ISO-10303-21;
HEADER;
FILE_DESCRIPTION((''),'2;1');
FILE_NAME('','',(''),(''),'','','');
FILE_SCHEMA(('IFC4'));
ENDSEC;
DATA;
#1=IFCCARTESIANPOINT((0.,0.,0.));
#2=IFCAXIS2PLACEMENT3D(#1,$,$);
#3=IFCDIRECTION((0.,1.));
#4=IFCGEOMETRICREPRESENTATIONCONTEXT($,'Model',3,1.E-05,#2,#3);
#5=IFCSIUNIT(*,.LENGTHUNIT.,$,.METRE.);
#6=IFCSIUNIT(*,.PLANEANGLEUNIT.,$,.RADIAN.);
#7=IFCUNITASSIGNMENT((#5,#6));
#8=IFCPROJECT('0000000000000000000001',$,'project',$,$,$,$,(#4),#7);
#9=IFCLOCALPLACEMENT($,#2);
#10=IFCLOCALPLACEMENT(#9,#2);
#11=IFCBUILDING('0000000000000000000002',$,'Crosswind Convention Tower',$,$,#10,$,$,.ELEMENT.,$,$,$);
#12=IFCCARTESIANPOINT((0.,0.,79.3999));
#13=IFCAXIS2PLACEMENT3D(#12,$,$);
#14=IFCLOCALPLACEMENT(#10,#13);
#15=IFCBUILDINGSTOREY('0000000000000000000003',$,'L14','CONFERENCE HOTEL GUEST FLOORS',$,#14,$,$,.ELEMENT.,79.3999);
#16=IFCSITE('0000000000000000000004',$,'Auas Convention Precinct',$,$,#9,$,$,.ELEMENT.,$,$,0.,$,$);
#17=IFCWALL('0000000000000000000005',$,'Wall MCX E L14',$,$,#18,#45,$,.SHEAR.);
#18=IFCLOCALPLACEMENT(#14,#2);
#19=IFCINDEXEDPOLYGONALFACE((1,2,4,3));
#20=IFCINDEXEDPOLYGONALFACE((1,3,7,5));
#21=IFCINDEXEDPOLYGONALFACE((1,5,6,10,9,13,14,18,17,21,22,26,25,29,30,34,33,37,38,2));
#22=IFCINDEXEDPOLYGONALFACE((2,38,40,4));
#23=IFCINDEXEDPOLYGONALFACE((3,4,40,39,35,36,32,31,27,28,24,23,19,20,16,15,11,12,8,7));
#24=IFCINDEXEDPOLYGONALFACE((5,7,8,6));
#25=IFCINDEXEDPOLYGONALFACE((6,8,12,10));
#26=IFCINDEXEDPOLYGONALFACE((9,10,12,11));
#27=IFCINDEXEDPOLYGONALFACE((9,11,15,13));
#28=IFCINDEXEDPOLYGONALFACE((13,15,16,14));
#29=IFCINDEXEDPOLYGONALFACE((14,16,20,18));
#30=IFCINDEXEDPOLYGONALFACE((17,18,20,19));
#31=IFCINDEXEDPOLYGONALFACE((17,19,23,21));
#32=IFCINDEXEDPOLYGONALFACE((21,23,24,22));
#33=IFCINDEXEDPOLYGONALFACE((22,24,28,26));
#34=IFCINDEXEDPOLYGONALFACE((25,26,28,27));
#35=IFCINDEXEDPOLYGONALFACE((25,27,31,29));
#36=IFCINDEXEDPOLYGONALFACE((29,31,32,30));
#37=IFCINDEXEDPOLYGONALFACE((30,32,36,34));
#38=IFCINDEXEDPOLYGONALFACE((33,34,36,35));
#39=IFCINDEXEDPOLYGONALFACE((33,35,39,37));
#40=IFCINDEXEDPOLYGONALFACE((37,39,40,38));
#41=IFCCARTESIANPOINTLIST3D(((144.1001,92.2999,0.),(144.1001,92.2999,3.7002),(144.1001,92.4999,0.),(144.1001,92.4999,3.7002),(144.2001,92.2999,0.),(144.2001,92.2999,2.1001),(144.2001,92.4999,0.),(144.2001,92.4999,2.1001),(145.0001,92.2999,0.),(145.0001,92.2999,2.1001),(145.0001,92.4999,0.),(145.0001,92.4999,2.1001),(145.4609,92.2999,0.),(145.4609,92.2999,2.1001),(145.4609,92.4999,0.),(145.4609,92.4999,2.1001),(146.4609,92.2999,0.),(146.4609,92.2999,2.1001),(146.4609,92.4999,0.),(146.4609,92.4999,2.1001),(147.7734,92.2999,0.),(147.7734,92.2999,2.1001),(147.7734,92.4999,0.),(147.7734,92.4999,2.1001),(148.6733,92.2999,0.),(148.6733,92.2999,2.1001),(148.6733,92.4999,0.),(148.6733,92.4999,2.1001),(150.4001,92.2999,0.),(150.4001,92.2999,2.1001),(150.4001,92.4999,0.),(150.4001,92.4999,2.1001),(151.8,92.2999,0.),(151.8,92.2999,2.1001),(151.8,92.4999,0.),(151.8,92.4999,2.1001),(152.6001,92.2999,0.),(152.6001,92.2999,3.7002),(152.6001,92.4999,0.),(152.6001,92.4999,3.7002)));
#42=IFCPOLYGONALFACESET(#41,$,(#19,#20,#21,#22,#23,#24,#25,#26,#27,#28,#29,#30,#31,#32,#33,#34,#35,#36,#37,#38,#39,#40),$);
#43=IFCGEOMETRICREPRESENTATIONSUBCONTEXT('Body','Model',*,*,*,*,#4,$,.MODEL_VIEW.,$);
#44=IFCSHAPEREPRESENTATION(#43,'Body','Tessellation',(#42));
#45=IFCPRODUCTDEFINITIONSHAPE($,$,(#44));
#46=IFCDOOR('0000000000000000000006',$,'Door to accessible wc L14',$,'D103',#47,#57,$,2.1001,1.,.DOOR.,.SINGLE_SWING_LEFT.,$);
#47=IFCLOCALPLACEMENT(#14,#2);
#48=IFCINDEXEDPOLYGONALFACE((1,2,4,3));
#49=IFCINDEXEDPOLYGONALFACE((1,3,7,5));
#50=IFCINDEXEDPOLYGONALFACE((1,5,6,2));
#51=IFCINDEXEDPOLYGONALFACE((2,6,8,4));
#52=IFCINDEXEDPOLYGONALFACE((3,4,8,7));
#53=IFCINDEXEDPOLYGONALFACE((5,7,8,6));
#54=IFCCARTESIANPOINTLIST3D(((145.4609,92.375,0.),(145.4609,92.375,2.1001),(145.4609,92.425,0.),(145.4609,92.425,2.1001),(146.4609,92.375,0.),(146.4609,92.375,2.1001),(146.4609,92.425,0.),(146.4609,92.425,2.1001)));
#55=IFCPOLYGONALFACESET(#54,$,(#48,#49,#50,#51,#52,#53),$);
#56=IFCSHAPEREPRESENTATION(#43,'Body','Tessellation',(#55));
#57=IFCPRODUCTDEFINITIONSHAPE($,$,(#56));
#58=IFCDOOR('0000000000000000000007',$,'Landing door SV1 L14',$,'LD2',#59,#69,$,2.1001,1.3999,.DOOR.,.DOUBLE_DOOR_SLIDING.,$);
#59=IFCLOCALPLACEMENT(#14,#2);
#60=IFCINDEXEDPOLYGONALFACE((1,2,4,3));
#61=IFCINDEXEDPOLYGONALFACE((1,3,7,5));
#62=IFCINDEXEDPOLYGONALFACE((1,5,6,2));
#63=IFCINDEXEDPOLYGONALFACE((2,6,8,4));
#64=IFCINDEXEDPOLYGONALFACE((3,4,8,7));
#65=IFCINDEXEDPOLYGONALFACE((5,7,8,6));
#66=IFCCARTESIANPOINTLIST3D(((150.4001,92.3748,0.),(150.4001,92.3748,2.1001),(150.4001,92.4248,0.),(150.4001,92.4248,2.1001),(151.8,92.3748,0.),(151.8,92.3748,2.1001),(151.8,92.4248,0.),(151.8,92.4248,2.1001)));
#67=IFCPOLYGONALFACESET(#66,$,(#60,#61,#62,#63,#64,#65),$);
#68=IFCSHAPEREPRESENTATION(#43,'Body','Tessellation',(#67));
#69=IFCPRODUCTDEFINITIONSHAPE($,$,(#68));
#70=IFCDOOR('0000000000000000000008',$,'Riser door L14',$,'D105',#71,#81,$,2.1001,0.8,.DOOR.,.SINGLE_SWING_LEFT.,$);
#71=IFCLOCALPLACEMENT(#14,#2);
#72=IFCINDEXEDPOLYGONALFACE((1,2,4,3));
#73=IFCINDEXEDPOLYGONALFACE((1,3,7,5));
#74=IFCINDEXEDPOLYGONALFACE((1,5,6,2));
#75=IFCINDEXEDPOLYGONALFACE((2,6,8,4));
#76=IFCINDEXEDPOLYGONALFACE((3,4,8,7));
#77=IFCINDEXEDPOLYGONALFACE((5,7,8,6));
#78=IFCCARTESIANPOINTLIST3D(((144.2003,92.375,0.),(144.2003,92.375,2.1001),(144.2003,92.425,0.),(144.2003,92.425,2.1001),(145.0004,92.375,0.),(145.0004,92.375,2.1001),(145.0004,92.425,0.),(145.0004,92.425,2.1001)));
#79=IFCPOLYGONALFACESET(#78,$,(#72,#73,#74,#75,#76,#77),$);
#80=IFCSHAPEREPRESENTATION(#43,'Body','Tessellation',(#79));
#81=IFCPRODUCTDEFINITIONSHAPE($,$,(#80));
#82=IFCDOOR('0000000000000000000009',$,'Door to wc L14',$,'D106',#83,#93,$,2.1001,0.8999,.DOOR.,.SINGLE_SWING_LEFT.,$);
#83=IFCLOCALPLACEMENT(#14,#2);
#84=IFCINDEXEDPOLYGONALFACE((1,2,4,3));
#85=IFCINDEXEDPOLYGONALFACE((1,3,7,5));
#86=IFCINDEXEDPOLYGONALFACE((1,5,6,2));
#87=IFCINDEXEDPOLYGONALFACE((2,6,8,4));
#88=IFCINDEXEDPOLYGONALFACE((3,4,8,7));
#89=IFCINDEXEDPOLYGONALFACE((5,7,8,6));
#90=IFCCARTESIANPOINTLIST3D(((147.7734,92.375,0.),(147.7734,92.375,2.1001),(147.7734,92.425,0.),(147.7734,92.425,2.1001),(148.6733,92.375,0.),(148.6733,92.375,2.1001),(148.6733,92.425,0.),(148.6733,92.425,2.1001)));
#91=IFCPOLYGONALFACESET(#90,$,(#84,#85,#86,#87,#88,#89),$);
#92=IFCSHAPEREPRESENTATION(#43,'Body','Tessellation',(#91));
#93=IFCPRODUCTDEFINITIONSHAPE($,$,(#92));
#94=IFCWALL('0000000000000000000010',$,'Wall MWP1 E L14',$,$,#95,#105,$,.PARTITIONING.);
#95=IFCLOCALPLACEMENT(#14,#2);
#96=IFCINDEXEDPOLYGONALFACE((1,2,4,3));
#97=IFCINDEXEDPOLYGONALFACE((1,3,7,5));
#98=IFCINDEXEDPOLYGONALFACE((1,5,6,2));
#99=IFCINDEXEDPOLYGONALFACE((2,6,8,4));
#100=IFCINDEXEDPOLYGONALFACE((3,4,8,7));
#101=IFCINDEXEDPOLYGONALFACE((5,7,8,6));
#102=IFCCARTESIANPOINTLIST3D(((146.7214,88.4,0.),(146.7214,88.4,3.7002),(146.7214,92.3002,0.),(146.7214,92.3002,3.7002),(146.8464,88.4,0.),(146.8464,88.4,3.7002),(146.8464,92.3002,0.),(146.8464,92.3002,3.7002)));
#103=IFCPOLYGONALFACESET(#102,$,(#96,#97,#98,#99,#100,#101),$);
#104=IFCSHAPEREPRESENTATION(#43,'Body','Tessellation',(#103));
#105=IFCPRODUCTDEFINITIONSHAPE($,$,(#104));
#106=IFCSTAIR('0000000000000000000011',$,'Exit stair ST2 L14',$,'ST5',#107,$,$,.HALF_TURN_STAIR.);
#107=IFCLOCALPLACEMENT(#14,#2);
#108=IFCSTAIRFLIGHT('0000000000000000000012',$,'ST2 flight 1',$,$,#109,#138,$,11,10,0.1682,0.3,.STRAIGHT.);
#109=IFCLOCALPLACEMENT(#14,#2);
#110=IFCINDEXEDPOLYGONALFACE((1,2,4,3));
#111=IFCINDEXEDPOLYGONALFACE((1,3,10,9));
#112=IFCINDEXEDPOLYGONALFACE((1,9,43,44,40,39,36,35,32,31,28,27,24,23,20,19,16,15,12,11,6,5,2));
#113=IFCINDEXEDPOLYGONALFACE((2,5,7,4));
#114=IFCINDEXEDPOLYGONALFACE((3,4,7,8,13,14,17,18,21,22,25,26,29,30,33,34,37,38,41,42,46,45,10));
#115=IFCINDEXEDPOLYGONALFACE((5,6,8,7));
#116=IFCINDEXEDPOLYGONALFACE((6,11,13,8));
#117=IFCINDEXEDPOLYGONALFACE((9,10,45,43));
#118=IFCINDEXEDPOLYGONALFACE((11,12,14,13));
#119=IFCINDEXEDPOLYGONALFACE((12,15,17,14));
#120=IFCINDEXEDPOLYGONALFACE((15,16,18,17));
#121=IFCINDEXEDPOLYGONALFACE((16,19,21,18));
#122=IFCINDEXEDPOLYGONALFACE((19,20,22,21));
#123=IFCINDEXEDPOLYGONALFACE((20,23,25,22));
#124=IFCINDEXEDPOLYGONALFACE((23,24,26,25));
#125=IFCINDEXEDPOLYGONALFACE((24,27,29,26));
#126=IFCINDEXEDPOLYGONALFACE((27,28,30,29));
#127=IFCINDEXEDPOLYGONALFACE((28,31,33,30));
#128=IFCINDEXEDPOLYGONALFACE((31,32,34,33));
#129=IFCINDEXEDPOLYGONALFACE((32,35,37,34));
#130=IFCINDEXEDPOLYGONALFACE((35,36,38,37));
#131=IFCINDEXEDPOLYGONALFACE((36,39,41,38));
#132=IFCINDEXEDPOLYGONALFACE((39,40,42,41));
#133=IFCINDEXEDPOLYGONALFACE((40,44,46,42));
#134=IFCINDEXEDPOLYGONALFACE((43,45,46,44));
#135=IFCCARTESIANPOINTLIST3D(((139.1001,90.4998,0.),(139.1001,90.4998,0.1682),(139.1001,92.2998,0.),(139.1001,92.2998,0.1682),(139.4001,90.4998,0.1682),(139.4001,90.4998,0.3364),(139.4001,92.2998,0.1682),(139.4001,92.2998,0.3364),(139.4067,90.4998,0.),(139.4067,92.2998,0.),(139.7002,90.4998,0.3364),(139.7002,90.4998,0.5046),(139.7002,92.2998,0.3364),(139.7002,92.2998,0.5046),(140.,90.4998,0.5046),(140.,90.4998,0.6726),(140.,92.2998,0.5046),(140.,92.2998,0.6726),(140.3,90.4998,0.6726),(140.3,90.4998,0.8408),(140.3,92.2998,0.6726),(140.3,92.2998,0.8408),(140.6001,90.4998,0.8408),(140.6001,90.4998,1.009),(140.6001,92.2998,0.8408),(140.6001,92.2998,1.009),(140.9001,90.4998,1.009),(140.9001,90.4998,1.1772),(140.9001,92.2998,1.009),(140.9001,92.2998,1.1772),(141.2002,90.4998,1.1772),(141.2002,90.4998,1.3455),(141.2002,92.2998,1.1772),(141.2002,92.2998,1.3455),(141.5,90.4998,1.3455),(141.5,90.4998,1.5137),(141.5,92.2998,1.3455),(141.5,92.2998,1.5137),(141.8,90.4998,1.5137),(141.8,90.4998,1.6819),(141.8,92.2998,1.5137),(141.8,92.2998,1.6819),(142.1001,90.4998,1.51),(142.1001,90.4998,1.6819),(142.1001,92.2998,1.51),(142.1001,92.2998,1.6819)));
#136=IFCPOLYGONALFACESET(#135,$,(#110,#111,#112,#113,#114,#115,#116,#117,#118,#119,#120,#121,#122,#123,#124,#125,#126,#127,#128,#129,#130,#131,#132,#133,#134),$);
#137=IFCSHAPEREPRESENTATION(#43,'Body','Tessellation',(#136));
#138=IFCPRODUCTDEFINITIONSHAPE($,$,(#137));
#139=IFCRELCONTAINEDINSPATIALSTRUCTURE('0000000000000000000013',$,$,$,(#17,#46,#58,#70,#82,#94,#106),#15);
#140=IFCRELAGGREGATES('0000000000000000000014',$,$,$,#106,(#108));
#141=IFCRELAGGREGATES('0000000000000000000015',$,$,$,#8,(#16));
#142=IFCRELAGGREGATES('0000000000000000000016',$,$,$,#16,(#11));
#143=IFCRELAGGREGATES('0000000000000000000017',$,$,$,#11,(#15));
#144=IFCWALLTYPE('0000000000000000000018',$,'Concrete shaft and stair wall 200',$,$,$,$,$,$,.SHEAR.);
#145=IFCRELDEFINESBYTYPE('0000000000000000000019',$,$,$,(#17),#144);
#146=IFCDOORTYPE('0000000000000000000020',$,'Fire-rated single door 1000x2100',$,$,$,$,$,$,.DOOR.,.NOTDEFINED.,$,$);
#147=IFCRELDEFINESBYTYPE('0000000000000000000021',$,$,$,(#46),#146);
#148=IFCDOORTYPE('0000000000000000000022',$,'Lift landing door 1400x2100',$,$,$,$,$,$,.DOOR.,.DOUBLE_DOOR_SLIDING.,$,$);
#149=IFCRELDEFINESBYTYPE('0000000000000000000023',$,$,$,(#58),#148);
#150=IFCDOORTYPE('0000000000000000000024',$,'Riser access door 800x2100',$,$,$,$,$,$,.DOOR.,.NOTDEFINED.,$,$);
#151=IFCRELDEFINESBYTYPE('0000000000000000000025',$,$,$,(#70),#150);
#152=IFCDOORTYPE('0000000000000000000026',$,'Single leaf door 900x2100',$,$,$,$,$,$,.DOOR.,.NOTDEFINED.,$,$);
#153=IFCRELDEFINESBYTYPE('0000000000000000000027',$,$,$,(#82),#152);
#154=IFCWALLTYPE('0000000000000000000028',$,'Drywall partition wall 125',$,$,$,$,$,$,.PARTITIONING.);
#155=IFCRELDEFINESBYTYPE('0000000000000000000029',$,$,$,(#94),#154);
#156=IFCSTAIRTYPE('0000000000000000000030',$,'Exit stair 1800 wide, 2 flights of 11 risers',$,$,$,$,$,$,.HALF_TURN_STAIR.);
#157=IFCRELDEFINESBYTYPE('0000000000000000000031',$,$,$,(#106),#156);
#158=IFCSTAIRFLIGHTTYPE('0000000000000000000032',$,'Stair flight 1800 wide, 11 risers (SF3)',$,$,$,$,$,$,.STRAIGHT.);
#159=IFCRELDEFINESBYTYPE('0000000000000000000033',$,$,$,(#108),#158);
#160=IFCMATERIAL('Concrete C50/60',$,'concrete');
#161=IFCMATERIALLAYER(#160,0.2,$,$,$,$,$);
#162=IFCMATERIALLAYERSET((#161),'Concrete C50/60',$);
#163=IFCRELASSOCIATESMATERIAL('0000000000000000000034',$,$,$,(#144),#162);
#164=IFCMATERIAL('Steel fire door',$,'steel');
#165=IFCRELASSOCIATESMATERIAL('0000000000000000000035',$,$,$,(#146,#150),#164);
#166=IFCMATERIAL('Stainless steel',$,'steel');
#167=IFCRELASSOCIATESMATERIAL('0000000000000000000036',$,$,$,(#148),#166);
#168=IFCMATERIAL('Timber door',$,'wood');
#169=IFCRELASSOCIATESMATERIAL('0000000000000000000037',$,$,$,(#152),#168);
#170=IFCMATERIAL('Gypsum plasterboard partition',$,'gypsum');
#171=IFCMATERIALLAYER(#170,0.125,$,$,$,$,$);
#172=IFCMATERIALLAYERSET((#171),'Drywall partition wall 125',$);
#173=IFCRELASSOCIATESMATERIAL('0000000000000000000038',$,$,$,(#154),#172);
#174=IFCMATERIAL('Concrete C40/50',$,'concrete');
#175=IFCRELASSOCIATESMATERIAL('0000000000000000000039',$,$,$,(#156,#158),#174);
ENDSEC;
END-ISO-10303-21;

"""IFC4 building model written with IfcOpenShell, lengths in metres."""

from ifc_helpers import new_model, si_unit, direction, frame, frame_2d, origin, place, context, subcontext, project, spatial, polyline, rectangle, outline, extrude, material, layer, layer_set, type_object, element, fill, aggregate, save


model = new_model("IFC4")

# Units and contexts
model_context = context("Model", 3, precision=1e-05, world=origin(), true_north=direction((0.0, 1.0)))
body_context = subcontext(model_context, "Body", "Model", "MODEL_VIEW")
ifc_project = project(units=[si_unit("LENGTHUNIT", "METRE"), si_unit("PLANEANGLEUNIT", "RADIAN")], contexts=[model_context])

# Site, building, storey
site_placement = place(None, origin())
site = spatial("IfcSite", under=ifc_project, at=site_placement, Name="Auas Convention Precinct", CompositionType="ELEMENT", RefElevation=0.0)
building_placement = place(site_placement, origin())
building = spatial("IfcBuilding", under=site, at=building_placement, Name="Crosswind Convention Tower", CompositionType="ELEMENT")
storey_placement = place(building_placement, frame((0.0, 0.0, 79.3999)))
storey = spatial("IfcBuildingStorey", under=building, at=storey_placement, Name="L14", Description="CONFERENCE HOTEL GUEST FLOORS", CompositionType="ELEMENT", Elevation=79.3999)

# Shared definitions
ifc_material_1 = material(Name="Concrete C50/60", Category="concrete")

# Shared definitions
ifc_layer_1 = layer(ifc_material_1, 0.2)
ifc_layer_set_1 = layer_set([ifc_layer_1], Name="Concrete C50/60")
wall_type_1 = type_object("IfcWallType", Name="Concrete shaft and stair wall 200", PredefinedType="SHEAR", material=ifc_layer_set_1)

# Shared definitions
ifc_material_2 = material(Name="Steel fire door", Category="steel")

# Shared definitions
door_type_1 = type_object("IfcDoorType", Name="Fire-rated single door 1000x2100", OperationType="NOTDEFINED", PredefinedType="DOOR", material=ifc_material_2)

# Wall, openings, doors
wall_1_placement = place(storey_placement, frame((144.1001, 92.3999, 0.0), z_axis=(0.0, 0.0, 1.0), x_axis=(1.0, 0.0, 0.0)))
wall_1 = element("IfcWall", 1, at=wall_1_placement, inside=storey, type_object=wall_type_1, Name="Wall MCX E L14", PredefinedType="SHEAR", context=body_context, shape_type="SweptSolid", body=[
    extrude(rectangle(XDim=8.5, YDim=0.2, at=frame_2d((4.25, 0.0))), origin(), (0.0, 0.0, 1.0), 3.7002),
])
opening_1_placement = place(wall_1_placement, frame((0.1001, 0.0, 0.0)))
opening_1 = element("IfcOpeningElement", 2, at=opening_1_placement, cuts=wall_1, PredefinedType="OPENING", context=body_context, shape_type="SweptSolid", body=[
    extrude(rectangle(XDim=0.8, YDim=2.1001, at=frame_2d((0.3999, 1.05))), frame((0.0, 0.1099, 0.0), z_axis=(0.0, -1.0, 0.0), x_axis=(1.0, 0.0, 0.0)), (0.0, 0.0, 1.0), 0.22),
])
opening_2_placement = place(wall_1_placement, frame((1.3608, 0.0, 0.0)))
opening_2 = element("IfcOpeningElement", 3, at=opening_2_placement, cuts=wall_1, PredefinedType="OPENING", context=body_context, shape_type="SweptSolid", body=[
    extrude(rectangle(XDim=1.0, YDim=2.1001, at=frame_2d((0.5, 1.05))), frame((0.0, 0.1099, 0.0), z_axis=(0.0, -1.0, 0.0), x_axis=(1.0, 0.0, 0.0)), (0.0, 0.0, 1.0), 0.22),
])
opening_3_placement = place(wall_1_placement, frame((3.6733, 0.0, 0.0)))
opening_3 = element("IfcOpeningElement", 4, at=opening_3_placement, cuts=wall_1, PredefinedType="OPENING", context=body_context, shape_type="SweptSolid", body=[
    extrude(rectangle(XDim=0.8999, YDim=2.1001, at=frame_2d((0.45, 1.05))), frame((0.0, 0.1099, 0.0), z_axis=(0.0, -1.0, 0.0), x_axis=(1.0, 0.0, 0.0)), (0.0, 0.0, 1.0), 0.22),
])
opening_4_placement = place(wall_1_placement, frame((6.3, 0.0, 0.0)))
opening_4 = element("IfcOpeningElement", 5, at=opening_4_placement, cuts=wall_1, PredefinedType="OPENING", context=body_context, shape_type="SweptSolid", body=[
    extrude(rectangle(XDim=1.3999, YDim=2.1001, at=frame_2d((0.7, 1.05))), frame((0.0, 0.1099, 0.0), z_axis=(0.0, -1.0, 0.0), x_axis=(1.0, 0.0, 0.0)), (0.0, 0.0, 1.0), 0.22),
])
door_1_placement = place(opening_2_placement, frame((1.0, 0.0, 0.0), z_axis=(0.0, 0.0, 1.0), x_axis=(-1.0, 0.0, 0.0)))
door_1 = element("IfcDoor", 6, at=door_1_placement, inside=storey, type_object=door_type_1, Name="Door to accessible wc L14", ObjectType="D103", OperationType="SINGLE_SWING_LEFT", OverallHeight=2.1001, OverallWidth=1.0, PredefinedType="DOOR", context=body_context, shape_type="SweptSolid", body=[
    extrude(rectangle(XDim=1.0, YDim=2.1001, at=frame_2d((0.5, 1.05))), frame((0.0, 0.0249, 0.0), z_axis=(0.0, -1.0, 0.0), x_axis=(1.0, 0.0, 0.0)), (0.0, 0.0, 1.0), 0.05),
])
fill(opening_2, door_1)
ifc_material_3 = material(Name="Stainless steel", Category="steel")
door_type_2 = type_object("IfcDoorType", Name="Lift landing door 1400x2100", OperationType="DOUBLE_DOOR_SLIDING", PredefinedType="DOOR", material=ifc_material_3)
door_2_placement = place(opening_4_placement, origin())
door_2 = element("IfcDoor", 7, at=door_2_placement, inside=storey, type_object=door_type_2, Name="Landing door SV1 L14", ObjectType="LD2", OperationType="DOUBLE_DOOR_SLIDING", OverallHeight=2.1001, OverallWidth=1.3999, PredefinedType="DOOR", context=body_context, shape_type="SweptSolid", body=[
    extrude(rectangle(XDim=1.3999, YDim=2.1001, at=frame_2d((0.7, 1.05))), frame((0.0, 0.0249, 0.0), z_axis=(0.0, -1.0, 0.0), x_axis=(1.0, 0.0, 0.0)), (0.0, 0.0, 1.0), 0.05),
])
fill(opening_4, door_2)
door_type_3 = type_object("IfcDoorType", Name="Riser access door 800x2100", OperationType="NOTDEFINED", PredefinedType="DOOR", material=ifc_material_2)
door_3_placement = place(opening_1_placement, frame((0.8, 0.0, 0.0), z_axis=(0.0, 0.0, 1.0), x_axis=(-1.0, 0.0, 0.0)))
door_3 = element("IfcDoor", 8, at=door_3_placement, inside=storey, type_object=door_type_3, Name="Riser door L14", ObjectType="D105", OperationType="SINGLE_SWING_LEFT", OverallHeight=2.1001, OverallWidth=0.8, PredefinedType="DOOR", context=body_context, shape_type="SweptSolid", body=[
    extrude(rectangle(XDim=0.8, YDim=2.1001, at=frame_2d((0.3999, 1.05))), frame((0.0, 0.0249, 0.0), z_axis=(0.0, -1.0, 0.0), x_axis=(1.0, 0.0, 0.0)), (0.0, 0.0, 1.0), 0.05),
])
fill(opening_1, door_3)
ifc_material_4 = material(Name="Timber door", Category="wood")
door_type_4 = type_object("IfcDoorType", Name="Single leaf door 900x2100", OperationType="NOTDEFINED", PredefinedType="DOOR", material=ifc_material_4)
door_4_placement = place(opening_3_placement, frame((0.8999, 0.0, 0.0), z_axis=(0.0, 0.0, 1.0), x_axis=(-1.0, 0.0, 0.0)))
door_4 = element("IfcDoor", 9, at=door_4_placement, inside=storey, type_object=door_type_4, Name="Door to wc L14", ObjectType="D106", OperationType="SINGLE_SWING_LEFT", OverallHeight=2.1001, OverallWidth=0.8999, PredefinedType="DOOR", context=body_context, shape_type="SweptSolid", body=[
    extrude(rectangle(XDim=0.8999, YDim=2.1001, at=frame_2d((0.45, 1.05))), frame((0.0, 0.0249, 0.0), z_axis=(0.0, -1.0, 0.0), x_axis=(1.0, 0.0, 0.0)), (0.0, 0.0, 1.0), 0.05),
])
fill(opening_3, door_4)

# Wall
ifc_material_5 = material(Name="Gypsum plasterboard partition", Category="gypsum")
ifc_layer_2 = layer(ifc_material_5, 0.125)
ifc_layer_set_2 = layer_set([ifc_layer_2], Name="Drywall partition wall 125")
wall_type_2 = type_object("IfcWallType", Name="Drywall partition wall 125", PredefinedType="PARTITIONING", material=ifc_layer_set_2)
wall_2_placement = place(storey_placement, frame((146.7839, 88.3999, 0.0), z_axis=(0.0, 0.0, 1.0), x_axis=(0.0, 1.0, 0.0)))
element("IfcWall", 10, at=wall_2_placement, inside=storey, type_object=wall_type_2, Name="Wall MWP1 E L14", PredefinedType="PARTITIONING", context=body_context, shape_type="SweptSolid", body=[
    extrude(rectangle(XDim=3.9001, YDim=0.125, at=frame_2d((1.9502, 0.0))), origin(), (0.0, 0.0, 1.0), 3.7002),
])

# Stair, stair flight
ifc_material_6 = material(Name="Concrete C40/50", Category="concrete")
stair_type = type_object("IfcStairType", Name="Exit stair 1800 wide, 2 flights of 11 risers", PredefinedType="HALF_TURN_STAIR", material=ifc_material_6)
stair_placement = place(storey_placement, origin())
stair = element("IfcStair", 11, at=stair_placement, inside=storey, type_object=stair_type, Name="Exit stair ST2 L14", ObjectType="ST5", PredefinedType="HALF_TURN_STAIR")
stair_flight_type = type_object("IfcStairFlightType", Name="Stair flight 1800 wide, 11 risers (SF3)", PredefinedType="STRAIGHT", material=ifc_material_6)
stair_flight_1_placement = place(storey_placement, frame((139.1001, 91.3999, 0.0), z_axis=(0.0, 0.0, 1.0), x_axis=(1.0, 0.0, 0.0)))
stair_flight_1 = element("IfcStairFlight", 12, at=stair_flight_1_placement, type_object=stair_flight_type, Name="ST2 flight 1", NumberOfRisers=11, NumberOfTreads=10, PredefinedType="STRAIGHT", RiserHeight=0.1682, TreadLength=0.3, context=body_context, shape_type="SweptSolid", body=[
    extrude(outline(polyline([(0.0, 0.0), (0.0, 0.1682), (0.3, 0.1682), (0.3, 0.3364), (0.6001, 0.3364), (0.6001, 0.5046), (0.8999, 0.5046), (0.8999, 0.6726), (1.2, 0.6726), (1.2, 0.8408), (1.5, 0.8408), (1.5, 1.009), (1.8, 1.009), (1.8, 1.1772), (2.1001, 1.1772), (2.1001, 1.3455), (2.3999, 1.3455), (2.3999, 1.5137), (2.7, 1.5137), (2.7, 1.6819), (3.0, 1.6819), (3.0, 1.8501), (3.0, 1.51), (0.3066, 0.0), (0.0, 0.0)])), frame((0.0, 0.8999, 0.0), z_axis=(0.0, -1.0, 0.0), x_axis=(1.0, 0.0, 0.0)), (0.0, 0.0, 1.0), 1.8),
])
aggregate(stair, [stair_flight_1])

save(model, "model.ifc")
